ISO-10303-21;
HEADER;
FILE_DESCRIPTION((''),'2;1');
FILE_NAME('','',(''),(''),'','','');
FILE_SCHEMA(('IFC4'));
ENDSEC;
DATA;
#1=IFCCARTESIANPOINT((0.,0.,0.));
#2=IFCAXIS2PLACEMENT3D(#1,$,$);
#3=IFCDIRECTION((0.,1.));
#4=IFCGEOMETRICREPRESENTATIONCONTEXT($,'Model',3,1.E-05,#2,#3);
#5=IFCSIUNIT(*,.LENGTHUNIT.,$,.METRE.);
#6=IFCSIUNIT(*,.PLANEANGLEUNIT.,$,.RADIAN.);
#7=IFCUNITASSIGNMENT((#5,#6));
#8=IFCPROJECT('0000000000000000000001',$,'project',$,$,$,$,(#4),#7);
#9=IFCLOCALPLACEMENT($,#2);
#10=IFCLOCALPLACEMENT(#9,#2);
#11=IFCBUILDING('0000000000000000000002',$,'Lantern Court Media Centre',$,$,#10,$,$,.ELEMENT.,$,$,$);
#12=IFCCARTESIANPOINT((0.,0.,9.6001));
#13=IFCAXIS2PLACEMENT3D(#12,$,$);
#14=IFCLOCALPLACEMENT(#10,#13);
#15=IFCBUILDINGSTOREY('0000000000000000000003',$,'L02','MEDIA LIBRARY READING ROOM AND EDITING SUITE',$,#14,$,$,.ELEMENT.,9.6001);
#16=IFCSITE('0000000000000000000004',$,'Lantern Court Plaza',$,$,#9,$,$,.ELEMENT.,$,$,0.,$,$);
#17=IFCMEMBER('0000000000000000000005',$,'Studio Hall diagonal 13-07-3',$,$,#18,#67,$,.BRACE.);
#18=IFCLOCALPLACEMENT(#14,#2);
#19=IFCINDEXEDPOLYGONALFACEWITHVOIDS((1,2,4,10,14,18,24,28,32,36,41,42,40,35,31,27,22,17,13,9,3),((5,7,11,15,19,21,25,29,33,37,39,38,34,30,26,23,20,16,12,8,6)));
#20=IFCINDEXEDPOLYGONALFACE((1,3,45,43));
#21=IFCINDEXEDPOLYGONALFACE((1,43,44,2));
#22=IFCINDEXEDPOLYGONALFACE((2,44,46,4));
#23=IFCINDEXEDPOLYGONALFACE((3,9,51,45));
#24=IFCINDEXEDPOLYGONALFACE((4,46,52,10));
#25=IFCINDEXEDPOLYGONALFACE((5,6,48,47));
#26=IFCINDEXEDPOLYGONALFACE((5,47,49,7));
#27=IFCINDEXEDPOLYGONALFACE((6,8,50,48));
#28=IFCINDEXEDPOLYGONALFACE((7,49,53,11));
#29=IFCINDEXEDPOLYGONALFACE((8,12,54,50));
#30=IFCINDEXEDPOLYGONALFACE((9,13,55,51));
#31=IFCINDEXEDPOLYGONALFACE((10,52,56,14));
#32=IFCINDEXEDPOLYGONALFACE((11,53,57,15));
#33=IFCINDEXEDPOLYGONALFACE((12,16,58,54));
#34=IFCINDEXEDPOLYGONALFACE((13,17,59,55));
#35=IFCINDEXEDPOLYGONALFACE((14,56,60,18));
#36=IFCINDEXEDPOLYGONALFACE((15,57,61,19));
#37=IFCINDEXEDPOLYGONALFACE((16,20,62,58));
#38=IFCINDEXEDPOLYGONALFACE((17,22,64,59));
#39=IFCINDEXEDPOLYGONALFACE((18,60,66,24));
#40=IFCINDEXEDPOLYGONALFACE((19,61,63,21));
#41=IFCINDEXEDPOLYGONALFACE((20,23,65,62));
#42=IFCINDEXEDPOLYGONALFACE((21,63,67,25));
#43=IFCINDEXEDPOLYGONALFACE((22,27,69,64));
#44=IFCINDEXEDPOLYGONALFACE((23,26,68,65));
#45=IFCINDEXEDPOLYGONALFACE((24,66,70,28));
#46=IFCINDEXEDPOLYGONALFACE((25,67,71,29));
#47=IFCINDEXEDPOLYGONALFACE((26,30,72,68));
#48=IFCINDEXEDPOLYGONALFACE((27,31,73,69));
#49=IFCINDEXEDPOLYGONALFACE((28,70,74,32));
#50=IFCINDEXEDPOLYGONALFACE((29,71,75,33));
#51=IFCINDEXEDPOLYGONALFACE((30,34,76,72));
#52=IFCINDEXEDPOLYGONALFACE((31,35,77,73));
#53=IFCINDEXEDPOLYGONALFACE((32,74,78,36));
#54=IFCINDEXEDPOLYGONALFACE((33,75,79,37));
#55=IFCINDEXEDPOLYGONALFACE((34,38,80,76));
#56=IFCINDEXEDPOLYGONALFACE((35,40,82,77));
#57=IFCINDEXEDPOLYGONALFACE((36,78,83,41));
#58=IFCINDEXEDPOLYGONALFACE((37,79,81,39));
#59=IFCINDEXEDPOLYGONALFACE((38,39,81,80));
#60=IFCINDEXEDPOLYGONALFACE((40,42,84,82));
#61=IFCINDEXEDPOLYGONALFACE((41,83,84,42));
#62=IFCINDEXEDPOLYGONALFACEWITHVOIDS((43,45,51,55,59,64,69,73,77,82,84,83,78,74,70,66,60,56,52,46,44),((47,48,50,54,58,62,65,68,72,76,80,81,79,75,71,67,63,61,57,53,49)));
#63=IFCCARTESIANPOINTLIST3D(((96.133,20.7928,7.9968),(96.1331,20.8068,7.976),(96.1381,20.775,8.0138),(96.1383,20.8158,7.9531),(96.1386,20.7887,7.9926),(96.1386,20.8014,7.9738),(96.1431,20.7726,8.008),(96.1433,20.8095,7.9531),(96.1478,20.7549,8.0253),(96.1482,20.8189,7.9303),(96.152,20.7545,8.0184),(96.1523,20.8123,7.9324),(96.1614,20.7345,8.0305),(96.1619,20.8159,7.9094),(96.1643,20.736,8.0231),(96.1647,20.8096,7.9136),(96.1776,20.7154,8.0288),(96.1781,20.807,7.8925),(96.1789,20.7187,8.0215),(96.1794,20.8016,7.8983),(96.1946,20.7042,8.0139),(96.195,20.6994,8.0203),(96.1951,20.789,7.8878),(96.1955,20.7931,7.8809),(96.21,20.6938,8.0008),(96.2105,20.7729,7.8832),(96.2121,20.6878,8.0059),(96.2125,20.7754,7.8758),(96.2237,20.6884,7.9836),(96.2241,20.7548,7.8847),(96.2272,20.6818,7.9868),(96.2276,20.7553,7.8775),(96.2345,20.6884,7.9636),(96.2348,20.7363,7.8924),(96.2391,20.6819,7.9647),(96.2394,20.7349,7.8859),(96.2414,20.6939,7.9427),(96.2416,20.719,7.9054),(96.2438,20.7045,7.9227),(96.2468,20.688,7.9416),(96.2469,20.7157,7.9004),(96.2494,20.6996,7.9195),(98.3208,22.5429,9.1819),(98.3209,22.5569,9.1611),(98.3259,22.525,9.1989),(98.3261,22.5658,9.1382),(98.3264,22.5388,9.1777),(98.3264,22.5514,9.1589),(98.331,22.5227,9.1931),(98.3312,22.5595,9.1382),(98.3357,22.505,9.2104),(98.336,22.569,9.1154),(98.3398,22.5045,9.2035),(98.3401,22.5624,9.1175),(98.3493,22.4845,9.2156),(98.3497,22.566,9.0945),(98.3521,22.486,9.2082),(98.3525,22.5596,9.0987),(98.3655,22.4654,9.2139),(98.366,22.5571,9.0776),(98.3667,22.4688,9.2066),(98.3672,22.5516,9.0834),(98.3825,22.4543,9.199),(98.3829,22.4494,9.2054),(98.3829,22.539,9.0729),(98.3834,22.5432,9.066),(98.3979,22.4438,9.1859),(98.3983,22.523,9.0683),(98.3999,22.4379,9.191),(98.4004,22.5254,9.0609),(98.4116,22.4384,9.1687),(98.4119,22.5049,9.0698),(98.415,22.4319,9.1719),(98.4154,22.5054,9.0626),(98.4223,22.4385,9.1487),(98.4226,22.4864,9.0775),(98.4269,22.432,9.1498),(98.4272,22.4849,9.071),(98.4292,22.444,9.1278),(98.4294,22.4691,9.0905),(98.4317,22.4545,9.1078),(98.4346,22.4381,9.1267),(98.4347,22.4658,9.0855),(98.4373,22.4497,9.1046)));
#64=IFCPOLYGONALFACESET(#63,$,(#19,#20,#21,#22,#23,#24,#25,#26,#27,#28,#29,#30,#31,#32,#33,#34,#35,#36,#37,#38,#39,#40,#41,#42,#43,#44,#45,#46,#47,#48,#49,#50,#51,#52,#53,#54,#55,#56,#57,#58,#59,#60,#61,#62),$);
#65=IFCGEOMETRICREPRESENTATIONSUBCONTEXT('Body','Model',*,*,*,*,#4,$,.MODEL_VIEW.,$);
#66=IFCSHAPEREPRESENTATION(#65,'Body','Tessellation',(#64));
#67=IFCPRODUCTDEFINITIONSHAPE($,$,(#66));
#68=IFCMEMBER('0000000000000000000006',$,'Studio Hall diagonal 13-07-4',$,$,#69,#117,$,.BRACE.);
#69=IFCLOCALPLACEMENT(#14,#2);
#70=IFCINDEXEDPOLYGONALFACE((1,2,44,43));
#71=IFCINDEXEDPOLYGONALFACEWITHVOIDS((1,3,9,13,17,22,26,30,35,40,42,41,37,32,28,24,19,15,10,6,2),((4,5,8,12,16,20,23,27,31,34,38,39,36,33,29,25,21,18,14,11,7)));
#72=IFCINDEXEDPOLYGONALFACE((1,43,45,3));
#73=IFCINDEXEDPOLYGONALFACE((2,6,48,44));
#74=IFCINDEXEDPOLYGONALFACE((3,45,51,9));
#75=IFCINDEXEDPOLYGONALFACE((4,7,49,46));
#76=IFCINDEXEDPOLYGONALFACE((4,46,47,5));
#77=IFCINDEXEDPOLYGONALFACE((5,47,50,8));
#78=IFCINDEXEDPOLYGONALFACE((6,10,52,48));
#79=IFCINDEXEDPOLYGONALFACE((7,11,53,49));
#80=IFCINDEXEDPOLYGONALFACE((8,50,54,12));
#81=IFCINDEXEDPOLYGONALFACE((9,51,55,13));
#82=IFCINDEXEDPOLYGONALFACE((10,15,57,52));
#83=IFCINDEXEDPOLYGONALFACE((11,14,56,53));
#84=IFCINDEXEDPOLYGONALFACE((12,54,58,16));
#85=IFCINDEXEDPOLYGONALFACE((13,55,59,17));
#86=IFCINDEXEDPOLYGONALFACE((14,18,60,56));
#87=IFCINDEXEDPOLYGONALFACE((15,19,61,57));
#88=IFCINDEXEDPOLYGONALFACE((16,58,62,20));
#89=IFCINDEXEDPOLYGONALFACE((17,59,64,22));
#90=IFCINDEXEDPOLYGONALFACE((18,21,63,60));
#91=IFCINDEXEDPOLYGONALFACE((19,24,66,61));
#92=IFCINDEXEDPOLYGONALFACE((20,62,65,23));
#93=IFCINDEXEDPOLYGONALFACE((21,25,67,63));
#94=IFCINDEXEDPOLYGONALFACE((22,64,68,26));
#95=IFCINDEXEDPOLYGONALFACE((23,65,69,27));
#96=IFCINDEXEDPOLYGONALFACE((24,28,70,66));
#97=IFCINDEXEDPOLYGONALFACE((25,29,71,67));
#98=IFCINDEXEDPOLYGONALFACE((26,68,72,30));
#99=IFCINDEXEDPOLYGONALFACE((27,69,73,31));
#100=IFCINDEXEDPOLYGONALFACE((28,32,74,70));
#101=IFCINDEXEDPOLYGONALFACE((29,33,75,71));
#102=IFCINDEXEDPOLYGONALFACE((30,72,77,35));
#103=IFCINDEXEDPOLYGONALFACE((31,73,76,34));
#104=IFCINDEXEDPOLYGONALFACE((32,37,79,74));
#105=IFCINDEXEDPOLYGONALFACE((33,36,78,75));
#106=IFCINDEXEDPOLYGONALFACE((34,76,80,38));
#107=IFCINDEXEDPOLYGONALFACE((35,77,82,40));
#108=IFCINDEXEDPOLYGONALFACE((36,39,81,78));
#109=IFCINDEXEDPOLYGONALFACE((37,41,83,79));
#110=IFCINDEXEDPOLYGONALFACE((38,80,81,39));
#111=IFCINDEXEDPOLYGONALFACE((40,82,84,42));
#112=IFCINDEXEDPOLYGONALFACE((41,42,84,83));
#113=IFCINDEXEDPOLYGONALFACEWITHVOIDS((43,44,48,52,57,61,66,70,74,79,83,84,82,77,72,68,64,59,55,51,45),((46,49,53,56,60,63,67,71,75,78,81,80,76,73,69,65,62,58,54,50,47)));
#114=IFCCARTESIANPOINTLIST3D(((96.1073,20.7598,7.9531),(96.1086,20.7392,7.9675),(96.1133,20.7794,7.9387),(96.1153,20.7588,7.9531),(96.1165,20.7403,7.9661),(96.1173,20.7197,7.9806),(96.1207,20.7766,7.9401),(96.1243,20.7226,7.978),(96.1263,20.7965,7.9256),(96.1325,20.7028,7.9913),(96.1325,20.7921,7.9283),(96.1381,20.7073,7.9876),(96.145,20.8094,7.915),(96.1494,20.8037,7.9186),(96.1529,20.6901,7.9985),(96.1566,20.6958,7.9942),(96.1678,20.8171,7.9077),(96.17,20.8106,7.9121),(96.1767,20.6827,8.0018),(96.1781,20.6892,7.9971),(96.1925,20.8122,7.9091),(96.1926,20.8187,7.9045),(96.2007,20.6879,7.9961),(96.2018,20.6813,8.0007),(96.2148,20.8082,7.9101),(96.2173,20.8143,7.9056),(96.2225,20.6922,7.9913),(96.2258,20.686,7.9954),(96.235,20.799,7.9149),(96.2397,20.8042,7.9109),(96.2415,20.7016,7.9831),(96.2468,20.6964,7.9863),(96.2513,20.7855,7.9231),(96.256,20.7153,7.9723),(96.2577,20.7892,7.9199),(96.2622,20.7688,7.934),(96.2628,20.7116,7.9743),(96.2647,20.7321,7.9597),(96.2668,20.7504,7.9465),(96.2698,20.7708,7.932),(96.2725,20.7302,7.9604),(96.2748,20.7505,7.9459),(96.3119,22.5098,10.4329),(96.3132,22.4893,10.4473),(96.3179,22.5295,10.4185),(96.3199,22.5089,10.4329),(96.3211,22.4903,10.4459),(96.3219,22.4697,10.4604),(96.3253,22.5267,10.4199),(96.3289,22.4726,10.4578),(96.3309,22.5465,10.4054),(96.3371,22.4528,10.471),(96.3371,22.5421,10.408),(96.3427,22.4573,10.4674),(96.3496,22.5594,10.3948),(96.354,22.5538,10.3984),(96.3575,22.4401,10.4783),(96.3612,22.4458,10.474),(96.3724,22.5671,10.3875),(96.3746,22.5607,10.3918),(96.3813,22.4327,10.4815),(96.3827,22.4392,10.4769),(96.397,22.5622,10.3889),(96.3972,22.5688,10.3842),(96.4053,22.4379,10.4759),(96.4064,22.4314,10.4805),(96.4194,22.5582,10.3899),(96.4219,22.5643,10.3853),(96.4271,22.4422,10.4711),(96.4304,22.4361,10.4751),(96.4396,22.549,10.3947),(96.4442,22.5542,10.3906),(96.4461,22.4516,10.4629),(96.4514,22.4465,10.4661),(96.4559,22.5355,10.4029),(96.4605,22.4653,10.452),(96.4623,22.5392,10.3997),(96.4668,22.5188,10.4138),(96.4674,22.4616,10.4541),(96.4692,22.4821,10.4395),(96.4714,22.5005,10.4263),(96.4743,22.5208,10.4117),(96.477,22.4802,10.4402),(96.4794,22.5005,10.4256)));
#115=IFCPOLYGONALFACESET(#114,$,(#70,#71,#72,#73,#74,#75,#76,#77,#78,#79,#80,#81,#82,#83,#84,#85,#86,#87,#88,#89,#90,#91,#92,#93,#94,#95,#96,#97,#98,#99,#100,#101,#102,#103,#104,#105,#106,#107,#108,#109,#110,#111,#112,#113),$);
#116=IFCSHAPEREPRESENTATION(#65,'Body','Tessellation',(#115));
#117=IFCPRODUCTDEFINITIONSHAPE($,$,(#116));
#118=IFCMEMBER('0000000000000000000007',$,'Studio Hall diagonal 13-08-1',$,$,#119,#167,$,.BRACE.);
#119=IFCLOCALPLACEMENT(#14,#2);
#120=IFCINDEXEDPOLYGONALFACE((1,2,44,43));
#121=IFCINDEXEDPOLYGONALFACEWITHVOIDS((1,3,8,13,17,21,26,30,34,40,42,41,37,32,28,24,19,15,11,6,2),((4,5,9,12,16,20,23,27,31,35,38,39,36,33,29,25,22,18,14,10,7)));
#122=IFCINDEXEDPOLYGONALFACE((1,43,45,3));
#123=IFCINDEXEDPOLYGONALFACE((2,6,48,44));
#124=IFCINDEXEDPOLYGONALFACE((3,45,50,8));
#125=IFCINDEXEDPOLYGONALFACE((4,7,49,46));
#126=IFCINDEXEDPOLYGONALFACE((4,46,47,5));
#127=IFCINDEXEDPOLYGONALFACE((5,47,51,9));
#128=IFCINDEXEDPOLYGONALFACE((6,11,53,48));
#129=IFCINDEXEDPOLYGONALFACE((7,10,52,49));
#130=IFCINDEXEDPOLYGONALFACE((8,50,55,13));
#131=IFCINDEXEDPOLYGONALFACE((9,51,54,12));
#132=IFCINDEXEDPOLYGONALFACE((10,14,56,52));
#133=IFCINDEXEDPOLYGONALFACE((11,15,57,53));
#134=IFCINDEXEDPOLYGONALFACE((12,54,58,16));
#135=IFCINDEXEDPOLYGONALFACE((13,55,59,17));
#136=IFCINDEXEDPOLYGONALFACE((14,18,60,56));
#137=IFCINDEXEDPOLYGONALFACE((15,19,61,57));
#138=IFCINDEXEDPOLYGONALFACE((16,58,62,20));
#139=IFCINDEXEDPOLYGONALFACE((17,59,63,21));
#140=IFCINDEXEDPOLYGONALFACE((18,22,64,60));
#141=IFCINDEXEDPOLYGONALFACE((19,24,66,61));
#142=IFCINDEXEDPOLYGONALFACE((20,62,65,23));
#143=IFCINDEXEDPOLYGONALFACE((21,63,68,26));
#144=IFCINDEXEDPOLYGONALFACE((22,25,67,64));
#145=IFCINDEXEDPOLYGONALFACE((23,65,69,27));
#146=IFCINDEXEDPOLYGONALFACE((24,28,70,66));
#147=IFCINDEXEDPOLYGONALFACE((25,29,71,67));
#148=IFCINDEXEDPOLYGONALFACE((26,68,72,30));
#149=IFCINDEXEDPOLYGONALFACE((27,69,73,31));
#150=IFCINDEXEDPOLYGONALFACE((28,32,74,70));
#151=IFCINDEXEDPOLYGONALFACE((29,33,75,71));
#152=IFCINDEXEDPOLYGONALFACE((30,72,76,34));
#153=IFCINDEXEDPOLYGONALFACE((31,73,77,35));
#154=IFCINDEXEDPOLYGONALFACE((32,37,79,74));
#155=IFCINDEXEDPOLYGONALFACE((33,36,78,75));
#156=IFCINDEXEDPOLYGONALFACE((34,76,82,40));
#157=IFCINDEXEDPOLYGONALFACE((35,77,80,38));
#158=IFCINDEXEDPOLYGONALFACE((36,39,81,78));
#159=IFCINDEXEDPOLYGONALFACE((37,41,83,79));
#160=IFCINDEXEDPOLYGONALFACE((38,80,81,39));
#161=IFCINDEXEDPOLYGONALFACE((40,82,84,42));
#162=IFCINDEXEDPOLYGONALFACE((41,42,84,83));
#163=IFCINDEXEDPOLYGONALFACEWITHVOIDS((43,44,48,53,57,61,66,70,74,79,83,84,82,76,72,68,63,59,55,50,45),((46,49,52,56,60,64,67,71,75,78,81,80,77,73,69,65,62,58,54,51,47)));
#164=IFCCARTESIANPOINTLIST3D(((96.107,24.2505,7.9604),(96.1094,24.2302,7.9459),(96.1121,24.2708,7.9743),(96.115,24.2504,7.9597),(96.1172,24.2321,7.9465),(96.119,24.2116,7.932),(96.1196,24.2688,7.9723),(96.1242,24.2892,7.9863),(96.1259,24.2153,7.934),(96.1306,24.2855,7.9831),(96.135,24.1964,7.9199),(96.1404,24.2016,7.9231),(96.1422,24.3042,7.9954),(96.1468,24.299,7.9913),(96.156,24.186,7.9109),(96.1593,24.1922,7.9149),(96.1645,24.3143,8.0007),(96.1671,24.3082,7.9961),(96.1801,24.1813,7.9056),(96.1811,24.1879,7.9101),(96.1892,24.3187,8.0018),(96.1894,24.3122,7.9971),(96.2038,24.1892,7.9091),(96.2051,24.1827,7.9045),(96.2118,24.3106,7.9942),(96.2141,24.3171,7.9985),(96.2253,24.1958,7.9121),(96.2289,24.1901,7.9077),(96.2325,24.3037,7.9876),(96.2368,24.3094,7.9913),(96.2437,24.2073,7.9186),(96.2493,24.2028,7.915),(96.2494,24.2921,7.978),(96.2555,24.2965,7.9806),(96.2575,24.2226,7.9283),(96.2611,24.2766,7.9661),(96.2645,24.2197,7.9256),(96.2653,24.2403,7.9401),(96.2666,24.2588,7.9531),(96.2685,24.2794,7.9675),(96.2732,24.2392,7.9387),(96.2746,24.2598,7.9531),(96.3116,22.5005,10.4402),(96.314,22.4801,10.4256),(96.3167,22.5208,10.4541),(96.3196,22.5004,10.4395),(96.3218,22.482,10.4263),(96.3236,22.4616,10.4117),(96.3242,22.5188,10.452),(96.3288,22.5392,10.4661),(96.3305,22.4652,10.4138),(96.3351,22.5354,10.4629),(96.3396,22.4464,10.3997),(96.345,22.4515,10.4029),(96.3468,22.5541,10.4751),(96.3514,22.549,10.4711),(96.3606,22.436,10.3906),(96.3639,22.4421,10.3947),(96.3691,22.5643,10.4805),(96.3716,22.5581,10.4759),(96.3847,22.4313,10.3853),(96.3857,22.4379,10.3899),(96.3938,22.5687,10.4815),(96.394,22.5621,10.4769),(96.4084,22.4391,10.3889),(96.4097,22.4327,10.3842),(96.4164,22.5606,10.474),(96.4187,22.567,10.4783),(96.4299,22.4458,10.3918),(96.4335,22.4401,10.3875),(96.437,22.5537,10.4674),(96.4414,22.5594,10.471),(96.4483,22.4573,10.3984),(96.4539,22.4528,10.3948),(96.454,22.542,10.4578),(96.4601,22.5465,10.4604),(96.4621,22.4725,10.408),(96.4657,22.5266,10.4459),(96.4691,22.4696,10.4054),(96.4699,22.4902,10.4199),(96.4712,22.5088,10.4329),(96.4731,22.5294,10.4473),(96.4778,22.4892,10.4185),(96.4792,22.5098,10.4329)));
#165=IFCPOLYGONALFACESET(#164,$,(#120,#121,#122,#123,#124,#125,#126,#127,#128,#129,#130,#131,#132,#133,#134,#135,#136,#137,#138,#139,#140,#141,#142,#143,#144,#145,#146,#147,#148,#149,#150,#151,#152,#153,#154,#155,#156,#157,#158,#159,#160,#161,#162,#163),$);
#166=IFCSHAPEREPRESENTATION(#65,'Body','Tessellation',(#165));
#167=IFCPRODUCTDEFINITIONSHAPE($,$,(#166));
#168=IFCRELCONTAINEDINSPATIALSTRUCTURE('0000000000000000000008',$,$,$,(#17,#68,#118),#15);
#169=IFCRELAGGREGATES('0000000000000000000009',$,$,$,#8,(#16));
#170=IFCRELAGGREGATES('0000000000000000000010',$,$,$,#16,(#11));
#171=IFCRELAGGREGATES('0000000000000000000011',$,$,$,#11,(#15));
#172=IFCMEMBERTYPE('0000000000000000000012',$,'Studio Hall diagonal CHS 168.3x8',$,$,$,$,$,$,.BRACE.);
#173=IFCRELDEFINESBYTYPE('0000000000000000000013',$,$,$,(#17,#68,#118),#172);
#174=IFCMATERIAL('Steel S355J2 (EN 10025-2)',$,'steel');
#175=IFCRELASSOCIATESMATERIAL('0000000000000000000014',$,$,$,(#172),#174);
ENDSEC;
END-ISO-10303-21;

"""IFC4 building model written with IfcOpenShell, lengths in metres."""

from ifc_helpers import new_model, si_unit, direction, frame, origin, origin_2d, place, context, subcontext, project, spatial, hollow_circle, extrude, material, material_profile, profile_set, type_object, element, save


model = new_model("IFC4")

# Units and contexts
model_context = context("Model", 3, precision=1e-05, world=origin(), true_north=direction((0.0, 1.0)))
body_context = subcontext(model_context, "Body", "Model", "MODEL_VIEW")
ifc_project = project(units=[si_unit("LENGTHUNIT", "METRE"), si_unit("PLANEANGLEUNIT", "RADIAN")], contexts=[model_context])

# Site, building, storey
site_placement = place(None, origin())
site = spatial("IfcSite", under=ifc_project, at=site_placement, Name="Lantern Court Plaza", CompositionType="ELEMENT", RefElevation=0.0)
building_placement = place(site_placement, origin())
building = spatial("IfcBuilding", under=site, at=building_placement, Name="Lantern Court Media Centre", CompositionType="ELEMENT")
storey_placement = place(building_placement, frame((0.0, 0.0, 9.6001)))
storey = spatial("IfcBuildingStorey", under=building, at=storey_placement, Name="L02", Description="MEDIA LIBRARY READING ROOM AND EDITING SUITE", CompositionType="ELEMENT", Elevation=9.6001)

# Members
ifc_material = material(Name="Steel S355J2 (EN 10025-2)", Category="steel")
ifc_material_profile_1 = material_profile(ifc_material, hollow_circle(Radius=0.0842, WallThickness=0.0081, at=origin_2d()), Name="Studio Hall diagonal CHS 168.3x8")
ifc_profile_set_1 = profile_set([ifc_material_profile_1], Name="Steel S355J2 (EN 10025-2)")
member_type_1 = type_object("IfcMemberType", Name="Studio Hall diagonal CHS 168.3x8", PredefinedType="BRACE", material=ifc_profile_set_1)
for number, where, z_axis, x_axis, name in (
    (1, (96.1909, 20.75, 7.9531), (0.719206, 0.5753, 0.38958), (-0.624653, 0.780903, 0.0), "Studio Hall diagonal 13-07-3"),
    (2, (96.1909, 20.75, 7.9531), (0.067256, 0.575289, 0.81518), (-0.993235, 0.116118, 0.0), "Studio Hall diagonal 13-07-4"),
    (3, (96.1909, 24.25, 7.9531), (0.067256, -0.575289, 0.81518), (0.993235, 0.116118, 0.0), "Studio Hall diagonal 13-08-1"),
):
    element("IfcMember", number, at=place(storey_placement, frame(where, z_axis=z_axis, x_axis=x_axis)), inside=storey, type_object=member_type_1, Name=name, PredefinedType="BRACE", context=body_context, shape_type="SweptSolid", body=[
        extrude(hollow_circle(Radius=0.0842, WallThickness=0.0081, at=origin_2d()), origin(), (0.0, 0.0, 1.0), 3.042),
    ])

save(model, "model.ifc")
